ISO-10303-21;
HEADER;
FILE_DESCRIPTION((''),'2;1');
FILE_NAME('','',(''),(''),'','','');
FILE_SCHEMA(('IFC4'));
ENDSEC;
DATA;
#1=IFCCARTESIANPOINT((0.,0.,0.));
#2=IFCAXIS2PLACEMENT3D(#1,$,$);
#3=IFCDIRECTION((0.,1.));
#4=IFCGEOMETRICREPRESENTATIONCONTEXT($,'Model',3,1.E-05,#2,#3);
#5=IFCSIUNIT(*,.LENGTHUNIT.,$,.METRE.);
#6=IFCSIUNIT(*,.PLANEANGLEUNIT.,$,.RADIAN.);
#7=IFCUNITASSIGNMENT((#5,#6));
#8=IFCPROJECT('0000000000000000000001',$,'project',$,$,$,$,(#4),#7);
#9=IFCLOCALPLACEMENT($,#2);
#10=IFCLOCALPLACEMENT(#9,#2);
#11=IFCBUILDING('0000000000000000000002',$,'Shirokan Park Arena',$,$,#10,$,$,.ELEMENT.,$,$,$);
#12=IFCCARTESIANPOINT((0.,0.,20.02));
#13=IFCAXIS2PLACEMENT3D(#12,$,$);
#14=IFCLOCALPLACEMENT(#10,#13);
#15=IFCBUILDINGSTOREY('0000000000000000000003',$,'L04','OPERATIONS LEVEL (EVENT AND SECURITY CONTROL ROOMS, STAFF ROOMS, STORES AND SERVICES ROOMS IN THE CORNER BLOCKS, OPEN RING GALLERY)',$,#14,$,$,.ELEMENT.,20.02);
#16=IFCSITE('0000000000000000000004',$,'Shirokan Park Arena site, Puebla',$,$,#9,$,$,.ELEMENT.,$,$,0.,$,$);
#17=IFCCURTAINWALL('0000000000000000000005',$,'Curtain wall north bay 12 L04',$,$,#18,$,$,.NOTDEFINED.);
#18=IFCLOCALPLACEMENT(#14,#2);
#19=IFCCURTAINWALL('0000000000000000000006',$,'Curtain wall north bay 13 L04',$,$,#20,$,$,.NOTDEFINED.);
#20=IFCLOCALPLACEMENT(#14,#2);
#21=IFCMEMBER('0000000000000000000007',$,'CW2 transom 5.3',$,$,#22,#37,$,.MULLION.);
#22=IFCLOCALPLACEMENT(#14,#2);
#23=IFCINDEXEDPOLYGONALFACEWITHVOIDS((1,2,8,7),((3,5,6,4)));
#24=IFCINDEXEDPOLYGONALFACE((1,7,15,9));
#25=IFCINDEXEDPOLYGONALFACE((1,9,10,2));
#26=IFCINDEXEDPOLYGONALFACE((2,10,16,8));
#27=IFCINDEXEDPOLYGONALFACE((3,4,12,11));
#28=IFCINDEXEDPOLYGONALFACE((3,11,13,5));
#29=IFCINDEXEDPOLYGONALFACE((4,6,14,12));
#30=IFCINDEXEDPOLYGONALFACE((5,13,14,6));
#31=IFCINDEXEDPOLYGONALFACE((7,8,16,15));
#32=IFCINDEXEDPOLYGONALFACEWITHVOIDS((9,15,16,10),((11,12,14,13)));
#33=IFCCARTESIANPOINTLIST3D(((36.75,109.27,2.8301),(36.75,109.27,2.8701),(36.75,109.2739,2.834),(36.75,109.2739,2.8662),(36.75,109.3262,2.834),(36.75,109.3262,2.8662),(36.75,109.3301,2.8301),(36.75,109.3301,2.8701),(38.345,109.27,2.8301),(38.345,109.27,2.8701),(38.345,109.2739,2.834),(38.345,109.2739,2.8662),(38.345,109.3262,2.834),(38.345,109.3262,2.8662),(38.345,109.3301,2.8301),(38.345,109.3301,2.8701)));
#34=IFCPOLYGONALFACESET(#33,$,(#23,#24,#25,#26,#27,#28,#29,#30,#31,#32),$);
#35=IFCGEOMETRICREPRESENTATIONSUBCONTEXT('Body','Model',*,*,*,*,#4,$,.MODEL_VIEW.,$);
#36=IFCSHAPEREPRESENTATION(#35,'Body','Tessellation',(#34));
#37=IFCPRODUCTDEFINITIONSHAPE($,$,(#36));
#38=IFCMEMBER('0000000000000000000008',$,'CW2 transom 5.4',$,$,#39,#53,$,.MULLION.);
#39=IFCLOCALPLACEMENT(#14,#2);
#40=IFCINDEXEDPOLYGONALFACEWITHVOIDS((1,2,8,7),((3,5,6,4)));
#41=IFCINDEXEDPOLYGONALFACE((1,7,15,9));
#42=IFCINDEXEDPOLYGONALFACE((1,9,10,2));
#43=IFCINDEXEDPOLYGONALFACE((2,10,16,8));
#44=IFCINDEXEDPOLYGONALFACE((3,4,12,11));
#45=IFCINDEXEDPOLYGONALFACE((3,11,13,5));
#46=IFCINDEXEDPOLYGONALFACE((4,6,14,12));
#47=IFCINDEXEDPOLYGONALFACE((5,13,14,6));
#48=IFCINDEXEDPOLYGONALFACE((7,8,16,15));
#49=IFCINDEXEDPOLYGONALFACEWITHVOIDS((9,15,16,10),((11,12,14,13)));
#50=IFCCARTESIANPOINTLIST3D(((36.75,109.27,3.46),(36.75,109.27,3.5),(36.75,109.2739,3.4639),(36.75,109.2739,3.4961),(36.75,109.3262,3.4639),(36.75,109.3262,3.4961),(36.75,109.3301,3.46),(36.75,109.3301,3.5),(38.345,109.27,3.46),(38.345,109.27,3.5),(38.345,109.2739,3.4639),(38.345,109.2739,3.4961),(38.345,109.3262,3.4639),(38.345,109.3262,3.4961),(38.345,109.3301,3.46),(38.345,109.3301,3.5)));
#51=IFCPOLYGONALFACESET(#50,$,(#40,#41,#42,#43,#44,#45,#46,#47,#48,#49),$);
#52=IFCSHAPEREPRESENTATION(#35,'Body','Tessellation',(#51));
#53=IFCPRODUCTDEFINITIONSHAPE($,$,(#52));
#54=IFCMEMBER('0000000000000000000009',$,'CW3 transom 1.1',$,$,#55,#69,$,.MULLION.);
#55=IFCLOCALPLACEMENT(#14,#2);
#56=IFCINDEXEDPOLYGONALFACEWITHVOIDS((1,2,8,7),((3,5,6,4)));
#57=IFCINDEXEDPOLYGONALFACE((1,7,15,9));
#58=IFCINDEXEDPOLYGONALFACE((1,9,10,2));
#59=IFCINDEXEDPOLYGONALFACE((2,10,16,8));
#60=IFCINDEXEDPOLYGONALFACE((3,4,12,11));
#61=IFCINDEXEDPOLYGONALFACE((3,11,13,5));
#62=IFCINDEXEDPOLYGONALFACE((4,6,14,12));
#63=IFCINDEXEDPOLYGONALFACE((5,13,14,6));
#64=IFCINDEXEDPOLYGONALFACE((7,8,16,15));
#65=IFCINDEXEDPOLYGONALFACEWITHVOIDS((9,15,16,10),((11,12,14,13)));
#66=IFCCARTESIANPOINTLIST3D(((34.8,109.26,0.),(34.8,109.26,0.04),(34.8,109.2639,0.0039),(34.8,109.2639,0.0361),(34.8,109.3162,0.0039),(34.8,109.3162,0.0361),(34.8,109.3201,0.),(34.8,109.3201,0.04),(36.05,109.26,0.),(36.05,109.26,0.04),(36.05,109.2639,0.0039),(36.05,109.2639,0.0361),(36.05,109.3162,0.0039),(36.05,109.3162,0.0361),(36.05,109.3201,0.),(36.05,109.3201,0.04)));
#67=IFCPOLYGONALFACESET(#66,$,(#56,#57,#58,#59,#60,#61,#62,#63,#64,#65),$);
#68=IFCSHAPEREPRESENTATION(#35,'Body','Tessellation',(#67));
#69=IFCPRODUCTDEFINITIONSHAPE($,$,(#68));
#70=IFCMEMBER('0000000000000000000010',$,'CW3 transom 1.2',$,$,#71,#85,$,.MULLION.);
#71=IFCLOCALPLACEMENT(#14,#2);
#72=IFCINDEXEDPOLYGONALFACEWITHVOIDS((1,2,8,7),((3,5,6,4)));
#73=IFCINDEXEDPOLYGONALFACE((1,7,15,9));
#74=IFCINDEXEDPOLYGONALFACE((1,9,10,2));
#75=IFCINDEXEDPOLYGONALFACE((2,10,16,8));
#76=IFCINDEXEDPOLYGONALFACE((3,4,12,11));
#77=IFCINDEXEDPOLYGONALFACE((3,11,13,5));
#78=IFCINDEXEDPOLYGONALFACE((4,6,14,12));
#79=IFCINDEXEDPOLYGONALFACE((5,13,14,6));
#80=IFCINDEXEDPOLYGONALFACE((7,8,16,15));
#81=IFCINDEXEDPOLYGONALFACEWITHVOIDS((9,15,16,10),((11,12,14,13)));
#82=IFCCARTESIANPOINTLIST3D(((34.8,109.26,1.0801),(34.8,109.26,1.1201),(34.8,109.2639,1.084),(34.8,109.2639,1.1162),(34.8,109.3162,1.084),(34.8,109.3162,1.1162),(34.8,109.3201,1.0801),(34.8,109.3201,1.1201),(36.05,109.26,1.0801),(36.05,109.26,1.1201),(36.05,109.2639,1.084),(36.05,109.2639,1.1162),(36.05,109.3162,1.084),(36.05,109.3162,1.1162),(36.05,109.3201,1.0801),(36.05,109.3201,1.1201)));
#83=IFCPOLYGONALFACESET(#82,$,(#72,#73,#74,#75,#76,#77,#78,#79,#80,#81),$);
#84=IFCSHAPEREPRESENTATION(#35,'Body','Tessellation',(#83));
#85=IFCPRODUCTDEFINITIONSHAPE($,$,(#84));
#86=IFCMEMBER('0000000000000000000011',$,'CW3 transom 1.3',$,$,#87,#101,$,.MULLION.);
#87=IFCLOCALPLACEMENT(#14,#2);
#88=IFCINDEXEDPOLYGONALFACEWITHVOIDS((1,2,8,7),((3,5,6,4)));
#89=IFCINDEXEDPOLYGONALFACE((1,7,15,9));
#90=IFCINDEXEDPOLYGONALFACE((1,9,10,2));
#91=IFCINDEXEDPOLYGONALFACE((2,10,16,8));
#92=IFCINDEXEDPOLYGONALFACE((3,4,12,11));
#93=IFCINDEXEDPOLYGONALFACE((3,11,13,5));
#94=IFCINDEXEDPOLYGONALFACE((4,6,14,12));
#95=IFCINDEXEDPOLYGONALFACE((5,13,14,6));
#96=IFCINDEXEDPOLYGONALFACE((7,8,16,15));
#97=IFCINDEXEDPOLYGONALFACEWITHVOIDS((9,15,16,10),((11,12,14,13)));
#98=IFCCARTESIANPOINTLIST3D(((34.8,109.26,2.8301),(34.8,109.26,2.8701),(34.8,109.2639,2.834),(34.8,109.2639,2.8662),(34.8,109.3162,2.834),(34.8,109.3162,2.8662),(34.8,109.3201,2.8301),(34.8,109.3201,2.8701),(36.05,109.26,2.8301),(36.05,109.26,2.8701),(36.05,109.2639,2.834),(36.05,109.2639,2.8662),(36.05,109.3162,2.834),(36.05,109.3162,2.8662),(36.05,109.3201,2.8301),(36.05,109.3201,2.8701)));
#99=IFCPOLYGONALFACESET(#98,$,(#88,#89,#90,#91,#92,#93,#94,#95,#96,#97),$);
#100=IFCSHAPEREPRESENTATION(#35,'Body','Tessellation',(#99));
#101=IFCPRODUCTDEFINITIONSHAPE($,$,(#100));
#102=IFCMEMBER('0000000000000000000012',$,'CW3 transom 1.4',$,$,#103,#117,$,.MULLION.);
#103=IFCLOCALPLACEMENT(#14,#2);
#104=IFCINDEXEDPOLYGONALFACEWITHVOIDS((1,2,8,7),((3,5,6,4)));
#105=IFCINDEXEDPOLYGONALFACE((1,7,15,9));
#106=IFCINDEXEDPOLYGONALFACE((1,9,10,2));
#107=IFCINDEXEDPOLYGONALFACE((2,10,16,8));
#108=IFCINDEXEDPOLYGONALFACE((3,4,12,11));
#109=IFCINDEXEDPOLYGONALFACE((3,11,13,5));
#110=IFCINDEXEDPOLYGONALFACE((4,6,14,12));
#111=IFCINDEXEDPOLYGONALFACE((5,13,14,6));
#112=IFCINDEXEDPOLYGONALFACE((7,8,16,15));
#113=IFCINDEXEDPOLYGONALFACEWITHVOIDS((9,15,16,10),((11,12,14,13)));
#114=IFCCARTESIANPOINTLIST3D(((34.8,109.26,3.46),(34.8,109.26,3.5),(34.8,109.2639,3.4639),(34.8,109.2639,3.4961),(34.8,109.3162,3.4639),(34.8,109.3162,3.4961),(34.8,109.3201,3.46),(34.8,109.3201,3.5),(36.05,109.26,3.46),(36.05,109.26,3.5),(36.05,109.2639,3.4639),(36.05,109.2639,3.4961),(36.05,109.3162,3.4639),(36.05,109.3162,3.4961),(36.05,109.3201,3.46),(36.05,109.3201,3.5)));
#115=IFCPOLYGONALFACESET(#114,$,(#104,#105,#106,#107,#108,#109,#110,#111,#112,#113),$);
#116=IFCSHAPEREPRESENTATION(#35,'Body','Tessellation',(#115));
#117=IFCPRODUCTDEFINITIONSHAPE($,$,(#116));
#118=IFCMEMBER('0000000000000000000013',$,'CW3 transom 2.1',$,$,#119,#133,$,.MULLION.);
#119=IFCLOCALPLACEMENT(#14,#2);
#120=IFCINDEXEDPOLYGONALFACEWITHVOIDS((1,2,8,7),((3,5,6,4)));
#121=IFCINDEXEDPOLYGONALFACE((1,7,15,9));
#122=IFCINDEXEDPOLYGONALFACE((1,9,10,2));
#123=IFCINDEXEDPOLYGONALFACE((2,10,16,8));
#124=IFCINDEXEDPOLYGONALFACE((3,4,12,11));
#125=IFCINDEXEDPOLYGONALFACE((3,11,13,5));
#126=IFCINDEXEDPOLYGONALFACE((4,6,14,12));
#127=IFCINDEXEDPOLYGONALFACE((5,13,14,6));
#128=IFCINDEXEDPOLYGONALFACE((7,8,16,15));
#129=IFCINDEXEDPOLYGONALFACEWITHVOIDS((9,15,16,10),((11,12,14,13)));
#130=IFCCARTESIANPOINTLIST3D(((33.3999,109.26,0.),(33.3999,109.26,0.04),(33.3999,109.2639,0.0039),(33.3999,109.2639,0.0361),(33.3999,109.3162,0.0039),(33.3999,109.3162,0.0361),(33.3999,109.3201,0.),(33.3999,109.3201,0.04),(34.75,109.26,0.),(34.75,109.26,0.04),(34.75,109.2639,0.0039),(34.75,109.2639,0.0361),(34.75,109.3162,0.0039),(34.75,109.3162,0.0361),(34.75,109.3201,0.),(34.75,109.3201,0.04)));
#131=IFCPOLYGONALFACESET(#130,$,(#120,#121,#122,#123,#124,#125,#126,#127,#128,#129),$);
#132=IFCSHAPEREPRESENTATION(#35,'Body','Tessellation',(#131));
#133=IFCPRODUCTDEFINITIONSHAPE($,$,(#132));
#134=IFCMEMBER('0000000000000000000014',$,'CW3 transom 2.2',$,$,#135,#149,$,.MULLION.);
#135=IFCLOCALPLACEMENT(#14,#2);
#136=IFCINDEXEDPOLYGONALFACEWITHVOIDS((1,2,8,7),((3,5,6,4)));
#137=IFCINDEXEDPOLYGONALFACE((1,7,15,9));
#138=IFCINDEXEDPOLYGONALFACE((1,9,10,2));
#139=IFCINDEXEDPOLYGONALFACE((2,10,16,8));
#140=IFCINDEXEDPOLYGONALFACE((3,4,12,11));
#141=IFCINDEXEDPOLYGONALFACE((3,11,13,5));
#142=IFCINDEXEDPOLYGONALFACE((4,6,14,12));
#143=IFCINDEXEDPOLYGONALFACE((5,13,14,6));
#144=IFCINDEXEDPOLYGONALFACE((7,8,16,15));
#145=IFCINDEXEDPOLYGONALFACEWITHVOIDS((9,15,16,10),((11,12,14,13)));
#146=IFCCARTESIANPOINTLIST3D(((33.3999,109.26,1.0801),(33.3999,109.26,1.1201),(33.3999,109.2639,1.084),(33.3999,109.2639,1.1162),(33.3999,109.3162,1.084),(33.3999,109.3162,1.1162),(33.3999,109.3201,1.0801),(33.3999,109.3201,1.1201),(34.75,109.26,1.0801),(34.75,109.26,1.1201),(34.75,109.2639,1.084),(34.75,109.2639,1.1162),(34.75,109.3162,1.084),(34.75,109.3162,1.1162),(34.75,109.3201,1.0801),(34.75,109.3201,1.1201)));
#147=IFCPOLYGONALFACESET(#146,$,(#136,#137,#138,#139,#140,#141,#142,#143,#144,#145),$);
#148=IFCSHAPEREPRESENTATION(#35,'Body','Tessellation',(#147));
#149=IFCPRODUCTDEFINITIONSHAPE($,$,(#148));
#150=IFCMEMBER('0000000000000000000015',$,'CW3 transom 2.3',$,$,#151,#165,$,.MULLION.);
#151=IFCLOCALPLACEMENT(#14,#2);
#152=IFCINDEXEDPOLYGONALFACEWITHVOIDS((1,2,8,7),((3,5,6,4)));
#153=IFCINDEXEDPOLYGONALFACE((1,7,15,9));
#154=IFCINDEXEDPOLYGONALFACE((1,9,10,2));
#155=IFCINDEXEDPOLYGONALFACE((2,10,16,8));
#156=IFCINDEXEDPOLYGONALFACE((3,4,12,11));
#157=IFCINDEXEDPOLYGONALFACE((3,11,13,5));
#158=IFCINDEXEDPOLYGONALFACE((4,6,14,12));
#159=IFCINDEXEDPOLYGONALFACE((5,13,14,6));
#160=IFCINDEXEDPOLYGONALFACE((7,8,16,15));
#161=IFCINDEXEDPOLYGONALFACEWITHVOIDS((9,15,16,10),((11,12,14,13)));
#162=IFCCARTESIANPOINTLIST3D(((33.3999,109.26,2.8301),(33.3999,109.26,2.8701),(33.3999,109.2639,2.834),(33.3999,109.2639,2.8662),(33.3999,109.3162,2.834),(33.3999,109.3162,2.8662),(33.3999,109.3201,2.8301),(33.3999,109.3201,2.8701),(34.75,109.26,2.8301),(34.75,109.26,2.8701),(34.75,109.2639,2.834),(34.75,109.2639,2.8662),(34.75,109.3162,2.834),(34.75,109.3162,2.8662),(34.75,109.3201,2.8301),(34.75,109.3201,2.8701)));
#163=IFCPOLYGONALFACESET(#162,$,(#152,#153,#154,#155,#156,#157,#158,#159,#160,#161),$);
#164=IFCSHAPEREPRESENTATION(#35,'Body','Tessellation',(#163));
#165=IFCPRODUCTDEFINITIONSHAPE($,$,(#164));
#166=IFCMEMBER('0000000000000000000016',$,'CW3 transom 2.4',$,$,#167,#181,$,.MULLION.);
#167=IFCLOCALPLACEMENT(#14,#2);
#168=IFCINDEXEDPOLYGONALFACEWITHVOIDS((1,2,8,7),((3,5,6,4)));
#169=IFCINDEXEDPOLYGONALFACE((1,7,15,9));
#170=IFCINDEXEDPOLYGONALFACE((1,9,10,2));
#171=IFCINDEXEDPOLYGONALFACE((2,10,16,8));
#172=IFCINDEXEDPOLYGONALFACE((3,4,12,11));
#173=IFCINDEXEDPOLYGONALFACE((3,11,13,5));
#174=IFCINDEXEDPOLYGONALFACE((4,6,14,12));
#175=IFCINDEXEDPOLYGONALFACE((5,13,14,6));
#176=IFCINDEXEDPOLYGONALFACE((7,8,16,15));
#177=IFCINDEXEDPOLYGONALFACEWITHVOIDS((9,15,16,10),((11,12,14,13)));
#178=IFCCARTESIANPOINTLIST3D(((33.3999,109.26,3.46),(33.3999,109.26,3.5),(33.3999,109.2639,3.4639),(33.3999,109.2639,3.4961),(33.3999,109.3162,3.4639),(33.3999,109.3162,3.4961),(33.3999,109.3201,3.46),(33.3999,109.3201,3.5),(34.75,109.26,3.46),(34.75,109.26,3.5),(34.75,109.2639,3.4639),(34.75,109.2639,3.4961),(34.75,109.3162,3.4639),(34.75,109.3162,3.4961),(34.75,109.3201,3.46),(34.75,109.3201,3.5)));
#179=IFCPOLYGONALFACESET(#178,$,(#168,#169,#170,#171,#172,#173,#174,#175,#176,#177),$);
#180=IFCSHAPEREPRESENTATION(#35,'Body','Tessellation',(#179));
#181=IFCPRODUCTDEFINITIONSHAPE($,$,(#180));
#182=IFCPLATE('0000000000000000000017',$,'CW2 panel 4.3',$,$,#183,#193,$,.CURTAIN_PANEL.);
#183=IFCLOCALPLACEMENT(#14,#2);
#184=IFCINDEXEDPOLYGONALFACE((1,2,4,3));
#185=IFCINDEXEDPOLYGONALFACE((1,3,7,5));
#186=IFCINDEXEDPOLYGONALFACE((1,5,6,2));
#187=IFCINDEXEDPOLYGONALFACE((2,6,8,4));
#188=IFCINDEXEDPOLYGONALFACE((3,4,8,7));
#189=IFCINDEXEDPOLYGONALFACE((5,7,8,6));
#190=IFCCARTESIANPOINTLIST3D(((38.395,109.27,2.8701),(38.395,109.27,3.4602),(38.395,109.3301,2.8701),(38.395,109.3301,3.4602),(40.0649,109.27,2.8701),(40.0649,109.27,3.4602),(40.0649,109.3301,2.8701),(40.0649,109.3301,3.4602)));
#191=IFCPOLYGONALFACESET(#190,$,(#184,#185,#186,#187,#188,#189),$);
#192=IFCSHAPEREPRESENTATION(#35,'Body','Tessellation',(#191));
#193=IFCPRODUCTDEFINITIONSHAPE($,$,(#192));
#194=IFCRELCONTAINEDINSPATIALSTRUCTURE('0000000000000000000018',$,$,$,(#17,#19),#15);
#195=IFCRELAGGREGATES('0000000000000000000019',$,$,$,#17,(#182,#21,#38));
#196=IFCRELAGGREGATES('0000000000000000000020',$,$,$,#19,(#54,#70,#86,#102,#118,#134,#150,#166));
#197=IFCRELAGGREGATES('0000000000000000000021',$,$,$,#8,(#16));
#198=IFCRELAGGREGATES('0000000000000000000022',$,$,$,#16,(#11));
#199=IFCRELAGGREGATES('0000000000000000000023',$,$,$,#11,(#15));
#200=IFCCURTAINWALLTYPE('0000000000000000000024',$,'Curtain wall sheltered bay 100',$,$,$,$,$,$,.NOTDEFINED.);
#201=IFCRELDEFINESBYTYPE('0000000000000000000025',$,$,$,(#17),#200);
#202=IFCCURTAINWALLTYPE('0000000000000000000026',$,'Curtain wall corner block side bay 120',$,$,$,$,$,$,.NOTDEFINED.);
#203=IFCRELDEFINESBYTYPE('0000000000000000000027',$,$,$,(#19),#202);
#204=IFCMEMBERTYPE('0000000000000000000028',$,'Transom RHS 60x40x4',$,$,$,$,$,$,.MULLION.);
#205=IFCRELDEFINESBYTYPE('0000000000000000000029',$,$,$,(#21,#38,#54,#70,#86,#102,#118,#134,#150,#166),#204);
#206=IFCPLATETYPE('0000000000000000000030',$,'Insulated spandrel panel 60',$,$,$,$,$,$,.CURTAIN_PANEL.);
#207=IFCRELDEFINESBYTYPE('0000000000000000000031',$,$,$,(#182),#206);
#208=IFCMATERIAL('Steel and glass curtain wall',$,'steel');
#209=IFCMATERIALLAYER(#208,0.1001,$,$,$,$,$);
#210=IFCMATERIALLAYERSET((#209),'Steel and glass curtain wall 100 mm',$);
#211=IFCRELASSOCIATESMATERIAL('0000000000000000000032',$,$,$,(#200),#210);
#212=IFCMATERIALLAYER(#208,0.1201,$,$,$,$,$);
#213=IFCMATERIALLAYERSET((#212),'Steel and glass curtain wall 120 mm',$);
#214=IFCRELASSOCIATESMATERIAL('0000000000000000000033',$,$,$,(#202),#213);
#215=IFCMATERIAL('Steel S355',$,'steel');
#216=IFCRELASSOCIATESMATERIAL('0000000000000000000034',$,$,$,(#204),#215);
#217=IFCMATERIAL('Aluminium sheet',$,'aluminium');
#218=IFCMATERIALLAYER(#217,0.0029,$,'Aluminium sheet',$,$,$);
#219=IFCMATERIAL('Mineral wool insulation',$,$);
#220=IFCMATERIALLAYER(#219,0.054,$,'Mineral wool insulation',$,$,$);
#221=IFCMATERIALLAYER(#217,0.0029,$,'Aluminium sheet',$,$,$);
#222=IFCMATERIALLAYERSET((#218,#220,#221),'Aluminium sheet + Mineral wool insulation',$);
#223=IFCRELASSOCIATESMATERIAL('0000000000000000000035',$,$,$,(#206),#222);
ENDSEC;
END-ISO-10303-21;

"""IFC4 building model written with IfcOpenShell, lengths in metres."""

from ifc_helpers import new_model, si_unit, direction, frame, origin, origin_2d, place, context, subcontext, project, spatial, rectangle, hollow_rectangle, extrude, material, layer, layer_set, material_profile, profile_set, type_object, element, aggregate, save


model = new_model("IFC4")

# Units and contexts
model_context = context("Model", 3, precision=1e-05, world=origin(), true_north=direction((0.0, 1.0)))
body_context = subcontext(model_context, "Body", "Model", "MODEL_VIEW")
ifc_project = project(units=[si_unit("LENGTHUNIT", "METRE"), si_unit("PLANEANGLEUNIT", "RADIAN")], contexts=[model_context])

# Site, building, storey
site_placement = place(None, origin())
site = spatial("IfcSite", under=ifc_project, at=site_placement, Name="Shirokan Park Arena site, Puebla", CompositionType="ELEMENT", RefElevation=0.0)
building_placement = place(site_placement, origin())
building = spatial("IfcBuilding", under=site, at=building_placement, Name="Shirokan Park Arena", CompositionType="ELEMENT")
storey_placement = place(building_placement, frame((0.0, 0.0, 20.02)))
storey = spatial("IfcBuildingStorey", under=building, at=storey_placement, Name="L04", Description="OPERATIONS LEVEL (EVENT AND SECURITY CONTROL ROOMS, STAFF ROOMS, STORES AND SERVICES ROOMS IN THE CORNER BLOCKS, OPEN RING GALLERY)", CompositionType="ELEMENT", Elevation=20.02)

# Curtain walls
ifc_material_1 = material(Name="Steel and glass curtain wall", Category="steel")
ifc_layer_1 = layer(ifc_material_1, 0.1001)
ifc_layer_set_1 = layer_set([ifc_layer_1], Name="Steel and glass curtain wall 100 mm")
curtain_wall_type_1 = type_object("IfcCurtainWallType", Name="Curtain wall sheltered bay 100", PredefinedType="NOTDEFINED", material=ifc_layer_set_1)
curtain_wall_1_placement = place(storey_placement, origin())
curtain_wall_1 = element("IfcCurtainWall", 1, at=curtain_wall_1_placement, inside=storey, type_object=curtain_wall_type_1, Name="Curtain wall north bay 12 L04", PredefinedType="NOTDEFINED")
ifc_material_2 = material(Name="Steel S355", Category="steel")
ifc_layer_2 = layer(ifc_material_1, 0.1201)
ifc_layer_set_2 = layer_set([ifc_layer_2], Name="Steel and glass curtain wall 120 mm")
curtain_wall_type_2 = type_object("IfcCurtainWallType", Name="Curtain wall corner block side bay 120", PredefinedType="NOTDEFINED", material=ifc_layer_set_2)
curtain_wall_2_placement = place(storey_placement, origin())
curtain_wall_2 = element("IfcCurtainWall", 2, at=curtain_wall_2_placement, inside=storey, type_object=curtain_wall_type_2, Name="Curtain wall north bay 13 L04", PredefinedType="NOTDEFINED")

# Members
ifc_material_profile_1 = material_profile(ifc_material_2, hollow_rectangle(XDim=0.0601, YDim=0.04, WallThickness=0.0039, at=origin_2d()), Name="RHS 60x40x4")
ifc_profile_set_1 = profile_set([ifc_material_profile_1], Name="Steel S355")
member_type_1 = type_object("IfcMemberType", Name="Transom RHS 60x40x4", PredefinedType="MULLION", material=ifc_profile_set_1)
member_1_placement = place(storey_placement, frame((38.345, 109.3, 2.8501), z_axis=(-1.0, 0.0, 0.0), x_axis=(0.0, -1.0, 0.0)))
member_1 = element("IfcMember", 3, at=member_1_placement, type_object=member_type_1, Name="CW2 transom 5.3", PredefinedType="MULLION", context=body_context, shape_type="SweptSolid", body=[
    extrude(hollow_rectangle(XDim=0.0601, YDim=0.04, WallThickness=0.0039, at=origin_2d()), origin(), (0.0, 0.0, 1.0), 1.595),
])
member_2_placement = place(storey_placement, frame((38.345, 109.3, 3.48), z_axis=(-1.0, 0.0, 0.0), x_axis=(0.0, -1.0, 0.0)))
member_2 = element("IfcMember", 4, at=member_2_placement, type_object=member_type_1, Name="CW2 transom 5.4", PredefinedType="MULLION", context=body_context, shape_type="SweptSolid", body=[
    extrude(hollow_rectangle(XDim=0.0601, YDim=0.04, WallThickness=0.0039, at=origin_2d()), origin(), (0.0, 0.0, 1.0), 1.595),
])
member_3_placement = place(storey_placement, frame((36.05, 109.29, 0.02), z_axis=(-1.0, 0.0, 0.0), x_axis=(0.0, -1.0, 0.0)))
member_3 = element("IfcMember", 5, at=member_3_placement, type_object=member_type_1, Name="CW3 transom 1.1", PredefinedType="MULLION", context=body_context, shape_type="SweptSolid", body=[
    extrude(hollow_rectangle(XDim=0.0601, YDim=0.04, WallThickness=0.0039, at=origin_2d()), origin(), (0.0, 0.0, 1.0), 1.25),
])
member_4_placement = place(storey_placement, frame((36.05, 109.29, 1.1001), z_axis=(-1.0, 0.0, 0.0), x_axis=(0.0, -1.0, 0.0)))
member_4 = element("IfcMember", 6, at=member_4_placement, type_object=member_type_1, Name="CW3 transom 1.2", PredefinedType="MULLION", context=body_context, shape_type="SweptSolid", body=[
    extrude(hollow_rectangle(XDim=0.0601, YDim=0.04, WallThickness=0.0039, at=origin_2d()), origin(), (0.0, 0.0, 1.0), 1.25),
])
member_5_placement = place(storey_placement, frame((36.05, 109.29, 2.8501), z_axis=(-1.0, 0.0, 0.0), x_axis=(0.0, -1.0, 0.0)))
member_5 = element("IfcMember", 7, at=member_5_placement, type_object=member_type_1, Name="CW3 transom 1.3", PredefinedType="MULLION", context=body_context, shape_type="SweptSolid", body=[
    extrude(hollow_rectangle(XDim=0.0601, YDim=0.04, WallThickness=0.0039, at=origin_2d()), origin(), (0.0, 0.0, 1.0), 1.25),
])
member_6_placement = place(storey_placement, frame((36.05, 109.29, 3.48), z_axis=(-1.0, 0.0, 0.0), x_axis=(0.0, -1.0, 0.0)))
member_6 = element("IfcMember", 8, at=member_6_placement, type_object=member_type_1, Name="CW3 transom 1.4", PredefinedType="MULLION", context=body_context, shape_type="SweptSolid", body=[
    extrude(hollow_rectangle(XDim=0.0601, YDim=0.04, WallThickness=0.0039, at=origin_2d()), origin(), (0.0, 0.0, 1.0), 1.25),
])
member_7_placement = place(storey_placement, frame((34.75, 109.29, 0.02), z_axis=(-1.0, 0.0, 0.0), x_axis=(0.0, -1.0, 0.0)))
member_7 = element("IfcMember", 9, at=member_7_placement, type_object=member_type_1, Name="CW3 transom 2.1", PredefinedType="MULLION", context=body_context, shape_type="SweptSolid", body=[
    extrude(hollow_rectangle(XDim=0.0601, YDim=0.04, WallThickness=0.0039, at=origin_2d()), origin(), (0.0, 0.0, 1.0), 1.3501),
])
member_8_placement = place(storey_placement, frame((34.75, 109.29, 1.1001), z_axis=(-1.0, 0.0, 0.0), x_axis=(0.0, -1.0, 0.0)))
member_8 = element("IfcMember", 10, at=member_8_placement, type_object=member_type_1, Name="CW3 transom 2.2", PredefinedType="MULLION", context=body_context, shape_type="SweptSolid", body=[
    extrude(hollow_rectangle(XDim=0.0601, YDim=0.04, WallThickness=0.0039, at=origin_2d()), origin(), (0.0, 0.0, 1.0), 1.3501),
])
member_9_placement = place(storey_placement, frame((34.75, 109.29, 2.8501), z_axis=(-1.0, 0.0, 0.0), x_axis=(0.0, -1.0, 0.0)))
member_9 = element("IfcMember", 11, at=member_9_placement, type_object=member_type_1, Name="CW3 transom 2.3", PredefinedType="MULLION", context=body_context, shape_type="SweptSolid", body=[
    extrude(hollow_rectangle(XDim=0.0601, YDim=0.04, WallThickness=0.0039, at=origin_2d()), origin(), (0.0, 0.0, 1.0), 1.3501),
])
member_10_placement = place(storey_placement, frame((34.75, 109.29, 3.48), z_axis=(-1.0, 0.0, 0.0), x_axis=(0.0, -1.0, 0.0)))
member_10 = element("IfcMember", 12, at=member_10_placement, type_object=member_type_1, Name="CW3 transom 2.4", PredefinedType="MULLION", context=body_context, shape_type="SweptSolid", body=[
    extrude(hollow_rectangle(XDim=0.0601, YDim=0.04, WallThickness=0.0039, at=origin_2d()), origin(), (0.0, 0.0, 1.0), 1.3501),
])

# Plate
ifc_material_3 = material(Name="Aluminium sheet", Category="aluminium")
ifc_layer_3 = layer(ifc_material_3, 0.0029, Name="Aluminium sheet")
ifc_material_4 = material(Name="Mineral wool insulation")
ifc_layer_4 = layer(ifc_material_4, 0.054, Name="Mineral wool insulation")
ifc_layer_5 = layer(ifc_material_3, 0.0029, Name="Aluminium sheet")
ifc_layer_set_3 = layer_set([ifc_layer_3, ifc_layer_4, ifc_layer_5], Name="Aluminium sheet + Mineral wool insulation")
plate_type_1 = type_object("IfcPlateType", Name="Insulated spandrel panel 60", PredefinedType="CURTAIN_PANEL", material=ifc_layer_set_3)
plate_1_placement = place(storey_placement, frame((39.23, 109.3, 2.8701), z_axis=(0.0, 0.0, 1.0), x_axis=(-1.0, 0.0, 0.0)))
plate_1 = element("IfcPlate", 13, at=plate_1_placement, type_object=plate_type_1, Name="CW2 panel 4.3", PredefinedType="CURTAIN_PANEL", context=body_context, shape_type="SweptSolid", body=[
    extrude(rectangle(XDim=1.6699, YDim=0.0601, at=origin_2d()), origin(), (0.0, 0.0, 1.0), 0.5901),
])
aggregate(curtain_wall_1, [plate_1, member_1, member_2])
aggregate(curtain_wall_2, [member_3, member_4, member_5, member_6, member_7, member_8, member_9, member_10])

save(model, "model.ifc")
